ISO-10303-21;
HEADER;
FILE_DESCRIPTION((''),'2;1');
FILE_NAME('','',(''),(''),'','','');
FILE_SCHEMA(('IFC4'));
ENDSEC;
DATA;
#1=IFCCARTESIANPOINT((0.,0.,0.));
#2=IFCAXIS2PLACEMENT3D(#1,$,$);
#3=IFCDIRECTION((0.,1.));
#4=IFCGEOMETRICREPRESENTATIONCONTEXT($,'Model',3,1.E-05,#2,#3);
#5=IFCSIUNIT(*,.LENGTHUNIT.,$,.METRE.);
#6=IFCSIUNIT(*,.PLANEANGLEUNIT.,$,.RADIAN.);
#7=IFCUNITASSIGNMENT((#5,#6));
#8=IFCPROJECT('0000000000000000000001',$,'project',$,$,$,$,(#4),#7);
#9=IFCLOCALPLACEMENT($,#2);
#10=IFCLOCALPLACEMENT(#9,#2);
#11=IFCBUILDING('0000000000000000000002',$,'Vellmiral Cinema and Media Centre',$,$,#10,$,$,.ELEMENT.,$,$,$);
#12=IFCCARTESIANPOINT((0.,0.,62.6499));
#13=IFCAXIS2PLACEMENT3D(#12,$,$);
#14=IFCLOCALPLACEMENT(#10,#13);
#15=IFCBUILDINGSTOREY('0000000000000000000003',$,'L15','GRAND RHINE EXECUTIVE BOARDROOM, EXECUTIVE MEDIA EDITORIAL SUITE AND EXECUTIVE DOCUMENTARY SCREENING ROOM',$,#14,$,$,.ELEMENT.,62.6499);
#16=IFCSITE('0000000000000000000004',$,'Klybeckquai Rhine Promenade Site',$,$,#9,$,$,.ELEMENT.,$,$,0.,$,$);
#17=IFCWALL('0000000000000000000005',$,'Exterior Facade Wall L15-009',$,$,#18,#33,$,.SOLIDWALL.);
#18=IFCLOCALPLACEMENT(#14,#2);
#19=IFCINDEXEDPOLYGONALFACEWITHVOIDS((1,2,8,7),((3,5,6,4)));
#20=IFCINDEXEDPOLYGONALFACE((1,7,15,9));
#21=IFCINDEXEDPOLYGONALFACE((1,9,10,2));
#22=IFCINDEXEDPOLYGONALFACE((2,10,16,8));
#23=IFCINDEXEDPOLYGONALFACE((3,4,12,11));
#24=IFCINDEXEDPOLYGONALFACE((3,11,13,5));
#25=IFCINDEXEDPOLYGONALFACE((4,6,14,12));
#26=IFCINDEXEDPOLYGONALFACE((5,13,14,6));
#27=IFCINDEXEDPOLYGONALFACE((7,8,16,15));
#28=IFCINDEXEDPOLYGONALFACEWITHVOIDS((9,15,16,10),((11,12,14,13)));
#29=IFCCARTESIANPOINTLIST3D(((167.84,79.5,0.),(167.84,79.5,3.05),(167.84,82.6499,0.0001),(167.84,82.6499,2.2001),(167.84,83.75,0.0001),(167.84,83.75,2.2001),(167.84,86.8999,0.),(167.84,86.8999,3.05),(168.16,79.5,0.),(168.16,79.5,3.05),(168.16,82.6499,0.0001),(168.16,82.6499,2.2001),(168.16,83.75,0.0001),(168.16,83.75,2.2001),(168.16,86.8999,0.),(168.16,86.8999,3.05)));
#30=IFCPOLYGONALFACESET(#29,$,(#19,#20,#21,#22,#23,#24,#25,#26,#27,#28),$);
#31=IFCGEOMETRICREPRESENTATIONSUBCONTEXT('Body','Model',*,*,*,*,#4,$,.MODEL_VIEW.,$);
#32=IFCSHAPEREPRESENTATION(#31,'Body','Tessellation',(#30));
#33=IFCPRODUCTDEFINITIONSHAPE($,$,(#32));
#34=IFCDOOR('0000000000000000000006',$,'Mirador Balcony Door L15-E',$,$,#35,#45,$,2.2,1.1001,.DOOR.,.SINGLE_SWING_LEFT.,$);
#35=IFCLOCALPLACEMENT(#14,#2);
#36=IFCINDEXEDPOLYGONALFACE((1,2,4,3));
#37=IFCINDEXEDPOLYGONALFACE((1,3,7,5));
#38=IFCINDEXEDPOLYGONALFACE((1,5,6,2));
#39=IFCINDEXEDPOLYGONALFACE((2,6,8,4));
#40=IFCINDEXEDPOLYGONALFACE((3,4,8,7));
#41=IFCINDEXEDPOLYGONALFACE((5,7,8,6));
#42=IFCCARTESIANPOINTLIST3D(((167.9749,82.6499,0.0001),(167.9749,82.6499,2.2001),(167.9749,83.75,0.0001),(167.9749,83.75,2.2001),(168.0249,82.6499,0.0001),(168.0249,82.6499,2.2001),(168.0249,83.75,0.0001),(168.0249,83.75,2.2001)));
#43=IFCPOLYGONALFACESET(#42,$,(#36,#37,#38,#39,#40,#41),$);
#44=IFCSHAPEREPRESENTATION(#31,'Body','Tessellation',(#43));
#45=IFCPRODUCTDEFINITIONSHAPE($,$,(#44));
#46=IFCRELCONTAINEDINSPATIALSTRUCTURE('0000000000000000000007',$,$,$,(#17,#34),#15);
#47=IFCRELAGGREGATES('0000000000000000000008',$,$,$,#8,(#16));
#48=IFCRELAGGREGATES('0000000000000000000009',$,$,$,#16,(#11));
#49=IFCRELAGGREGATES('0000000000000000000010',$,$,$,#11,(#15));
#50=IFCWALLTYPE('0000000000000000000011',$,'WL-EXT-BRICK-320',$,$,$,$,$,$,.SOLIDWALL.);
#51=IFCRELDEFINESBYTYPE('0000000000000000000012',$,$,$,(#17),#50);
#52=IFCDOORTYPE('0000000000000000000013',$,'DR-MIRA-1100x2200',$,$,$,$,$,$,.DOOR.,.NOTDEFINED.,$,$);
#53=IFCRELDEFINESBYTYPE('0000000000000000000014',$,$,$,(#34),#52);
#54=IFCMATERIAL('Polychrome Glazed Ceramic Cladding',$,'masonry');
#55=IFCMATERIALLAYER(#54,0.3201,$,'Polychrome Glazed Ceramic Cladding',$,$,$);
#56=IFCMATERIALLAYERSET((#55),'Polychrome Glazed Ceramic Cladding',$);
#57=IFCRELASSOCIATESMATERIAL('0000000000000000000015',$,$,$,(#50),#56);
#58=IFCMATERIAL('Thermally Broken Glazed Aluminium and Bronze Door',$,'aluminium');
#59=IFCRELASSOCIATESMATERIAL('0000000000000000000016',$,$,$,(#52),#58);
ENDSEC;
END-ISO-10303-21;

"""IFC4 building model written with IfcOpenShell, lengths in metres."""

from ifc_helpers import new_model, si_unit, direction, frame, frame_2d, origin, place, context, subcontext, project, spatial, rectangle, extrude, material, layer, layer_set, type_object, element, fill, save


model = new_model("IFC4")

# Units and contexts
model_context = context("Model", 3, precision=1e-05, world=origin(), true_north=direction((0.0, 1.0)))
body_context = subcontext(model_context, "Body", "Model", "MODEL_VIEW")
ifc_project = project(units=[si_unit("LENGTHUNIT", "METRE"), si_unit("PLANEANGLEUNIT", "RADIAN")], contexts=[model_context])

# Site, building, storey
site_placement = place(None, origin())
site = spatial("IfcSite", under=ifc_project, at=site_placement, Name="Klybeckquai Rhine Promenade Site", CompositionType="ELEMENT", RefElevation=0.0)
building_placement = place(site_placement, origin())
building = spatial("IfcBuilding", under=site, at=building_placement, Name="Vellmiral Cinema and Media Centre", CompositionType="ELEMENT")
storey_placement = place(building_placement, frame((0.0, 0.0, 62.6499)))
storey = spatial("IfcBuildingStorey", under=building, at=storey_placement, Name="L15", Description="GRAND RHINE EXECUTIVE BOARDROOM, EXECUTIVE MEDIA EDITORIAL SUITE AND EXECUTIVE DOCUMENTARY SCREENING ROOM", CompositionType="ELEMENT", Elevation=62.6499)

# Wall, opening, door
ifc_material_1 = material(Name="Polychrome Glazed Ceramic Cladding", Category="masonry")
ifc_layer_1 = layer(ifc_material_1, 0.3201, Name="Polychrome Glazed Ceramic Cladding")
ifc_layer_set_1 = layer_set([ifc_layer_1], Name="Polychrome Glazed Ceramic Cladding")
wall_type = type_object("IfcWallType", Name="WL-EXT-BRICK-320", PredefinedType="SOLIDWALL", material=ifc_layer_set_1)
wall_placement = place(storey_placement, frame((168.0, 79.5, 0.0), z_axis=(0.0, 0.0, 1.0), x_axis=(0.0, 1.0, 0.0)))
wall = element("IfcWall", 1, at=wall_placement, inside=storey, type_object=wall_type, Name="Exterior Facade Wall L15-009", PredefinedType="SOLIDWALL", context=body_context, shape_type="SweptSolid", body=[
    extrude(rectangle(XDim=7.3999, YDim=0.3201, at=frame_2d((3.7, 0.0))), origin(), (0.0, 0.0, 1.0), 3.05),
])
opening_placement = place(wall_placement, frame((3.1499, 0.0, 0.0)))
opening = element("IfcOpeningElement", 2, at=opening_placement, cuts=wall, PredefinedType="OPENING", context=body_context, shape_type="SweptSolid", body=[
    extrude(rectangle(XDim=1.1001, YDim=2.2, at=frame_2d((0.55, 1.1001))), frame((0.0, 0.1719, 0.0), z_axis=(0.0, -1.0, 0.0), x_axis=(1.0, 0.0, 0.0)), (0.0, 0.0, 1.0), 0.344),
])
ifc_material_2 = material(Name="Thermally Broken Glazed Aluminium and Bronze Door", Category="aluminium")
door_type = type_object("IfcDoorType", Name="DR-MIRA-1100x2200", OperationType="NOTDEFINED", PredefinedType="DOOR", material=ifc_material_2)
door_placement = place(opening_placement, frame((1.1001, 0.0, 0.0), z_axis=(0.0, 0.0, 1.0), x_axis=(-1.0, 0.0, 0.0)))
door = element("IfcDoor", 3, at=door_placement, inside=storey, type_object=door_type, Name="Mirador Balcony Door L15-E", OperationType="SINGLE_SWING_LEFT", OverallHeight=2.2, OverallWidth=1.1001, PredefinedType="DOOR", context=body_context, shape_type="SweptSolid", body=[
    extrude(rectangle(XDim=1.1001, YDim=2.2, at=frame_2d((0.55, 1.1001))), frame((0.0, 0.0249, 0.0), z_axis=(0.0, -1.0, 0.0), x_axis=(1.0, 0.0, 0.0)), (0.0, 0.0, 1.0), 0.05),
])
fill(opening, door)

save(model, "model.ifc")
